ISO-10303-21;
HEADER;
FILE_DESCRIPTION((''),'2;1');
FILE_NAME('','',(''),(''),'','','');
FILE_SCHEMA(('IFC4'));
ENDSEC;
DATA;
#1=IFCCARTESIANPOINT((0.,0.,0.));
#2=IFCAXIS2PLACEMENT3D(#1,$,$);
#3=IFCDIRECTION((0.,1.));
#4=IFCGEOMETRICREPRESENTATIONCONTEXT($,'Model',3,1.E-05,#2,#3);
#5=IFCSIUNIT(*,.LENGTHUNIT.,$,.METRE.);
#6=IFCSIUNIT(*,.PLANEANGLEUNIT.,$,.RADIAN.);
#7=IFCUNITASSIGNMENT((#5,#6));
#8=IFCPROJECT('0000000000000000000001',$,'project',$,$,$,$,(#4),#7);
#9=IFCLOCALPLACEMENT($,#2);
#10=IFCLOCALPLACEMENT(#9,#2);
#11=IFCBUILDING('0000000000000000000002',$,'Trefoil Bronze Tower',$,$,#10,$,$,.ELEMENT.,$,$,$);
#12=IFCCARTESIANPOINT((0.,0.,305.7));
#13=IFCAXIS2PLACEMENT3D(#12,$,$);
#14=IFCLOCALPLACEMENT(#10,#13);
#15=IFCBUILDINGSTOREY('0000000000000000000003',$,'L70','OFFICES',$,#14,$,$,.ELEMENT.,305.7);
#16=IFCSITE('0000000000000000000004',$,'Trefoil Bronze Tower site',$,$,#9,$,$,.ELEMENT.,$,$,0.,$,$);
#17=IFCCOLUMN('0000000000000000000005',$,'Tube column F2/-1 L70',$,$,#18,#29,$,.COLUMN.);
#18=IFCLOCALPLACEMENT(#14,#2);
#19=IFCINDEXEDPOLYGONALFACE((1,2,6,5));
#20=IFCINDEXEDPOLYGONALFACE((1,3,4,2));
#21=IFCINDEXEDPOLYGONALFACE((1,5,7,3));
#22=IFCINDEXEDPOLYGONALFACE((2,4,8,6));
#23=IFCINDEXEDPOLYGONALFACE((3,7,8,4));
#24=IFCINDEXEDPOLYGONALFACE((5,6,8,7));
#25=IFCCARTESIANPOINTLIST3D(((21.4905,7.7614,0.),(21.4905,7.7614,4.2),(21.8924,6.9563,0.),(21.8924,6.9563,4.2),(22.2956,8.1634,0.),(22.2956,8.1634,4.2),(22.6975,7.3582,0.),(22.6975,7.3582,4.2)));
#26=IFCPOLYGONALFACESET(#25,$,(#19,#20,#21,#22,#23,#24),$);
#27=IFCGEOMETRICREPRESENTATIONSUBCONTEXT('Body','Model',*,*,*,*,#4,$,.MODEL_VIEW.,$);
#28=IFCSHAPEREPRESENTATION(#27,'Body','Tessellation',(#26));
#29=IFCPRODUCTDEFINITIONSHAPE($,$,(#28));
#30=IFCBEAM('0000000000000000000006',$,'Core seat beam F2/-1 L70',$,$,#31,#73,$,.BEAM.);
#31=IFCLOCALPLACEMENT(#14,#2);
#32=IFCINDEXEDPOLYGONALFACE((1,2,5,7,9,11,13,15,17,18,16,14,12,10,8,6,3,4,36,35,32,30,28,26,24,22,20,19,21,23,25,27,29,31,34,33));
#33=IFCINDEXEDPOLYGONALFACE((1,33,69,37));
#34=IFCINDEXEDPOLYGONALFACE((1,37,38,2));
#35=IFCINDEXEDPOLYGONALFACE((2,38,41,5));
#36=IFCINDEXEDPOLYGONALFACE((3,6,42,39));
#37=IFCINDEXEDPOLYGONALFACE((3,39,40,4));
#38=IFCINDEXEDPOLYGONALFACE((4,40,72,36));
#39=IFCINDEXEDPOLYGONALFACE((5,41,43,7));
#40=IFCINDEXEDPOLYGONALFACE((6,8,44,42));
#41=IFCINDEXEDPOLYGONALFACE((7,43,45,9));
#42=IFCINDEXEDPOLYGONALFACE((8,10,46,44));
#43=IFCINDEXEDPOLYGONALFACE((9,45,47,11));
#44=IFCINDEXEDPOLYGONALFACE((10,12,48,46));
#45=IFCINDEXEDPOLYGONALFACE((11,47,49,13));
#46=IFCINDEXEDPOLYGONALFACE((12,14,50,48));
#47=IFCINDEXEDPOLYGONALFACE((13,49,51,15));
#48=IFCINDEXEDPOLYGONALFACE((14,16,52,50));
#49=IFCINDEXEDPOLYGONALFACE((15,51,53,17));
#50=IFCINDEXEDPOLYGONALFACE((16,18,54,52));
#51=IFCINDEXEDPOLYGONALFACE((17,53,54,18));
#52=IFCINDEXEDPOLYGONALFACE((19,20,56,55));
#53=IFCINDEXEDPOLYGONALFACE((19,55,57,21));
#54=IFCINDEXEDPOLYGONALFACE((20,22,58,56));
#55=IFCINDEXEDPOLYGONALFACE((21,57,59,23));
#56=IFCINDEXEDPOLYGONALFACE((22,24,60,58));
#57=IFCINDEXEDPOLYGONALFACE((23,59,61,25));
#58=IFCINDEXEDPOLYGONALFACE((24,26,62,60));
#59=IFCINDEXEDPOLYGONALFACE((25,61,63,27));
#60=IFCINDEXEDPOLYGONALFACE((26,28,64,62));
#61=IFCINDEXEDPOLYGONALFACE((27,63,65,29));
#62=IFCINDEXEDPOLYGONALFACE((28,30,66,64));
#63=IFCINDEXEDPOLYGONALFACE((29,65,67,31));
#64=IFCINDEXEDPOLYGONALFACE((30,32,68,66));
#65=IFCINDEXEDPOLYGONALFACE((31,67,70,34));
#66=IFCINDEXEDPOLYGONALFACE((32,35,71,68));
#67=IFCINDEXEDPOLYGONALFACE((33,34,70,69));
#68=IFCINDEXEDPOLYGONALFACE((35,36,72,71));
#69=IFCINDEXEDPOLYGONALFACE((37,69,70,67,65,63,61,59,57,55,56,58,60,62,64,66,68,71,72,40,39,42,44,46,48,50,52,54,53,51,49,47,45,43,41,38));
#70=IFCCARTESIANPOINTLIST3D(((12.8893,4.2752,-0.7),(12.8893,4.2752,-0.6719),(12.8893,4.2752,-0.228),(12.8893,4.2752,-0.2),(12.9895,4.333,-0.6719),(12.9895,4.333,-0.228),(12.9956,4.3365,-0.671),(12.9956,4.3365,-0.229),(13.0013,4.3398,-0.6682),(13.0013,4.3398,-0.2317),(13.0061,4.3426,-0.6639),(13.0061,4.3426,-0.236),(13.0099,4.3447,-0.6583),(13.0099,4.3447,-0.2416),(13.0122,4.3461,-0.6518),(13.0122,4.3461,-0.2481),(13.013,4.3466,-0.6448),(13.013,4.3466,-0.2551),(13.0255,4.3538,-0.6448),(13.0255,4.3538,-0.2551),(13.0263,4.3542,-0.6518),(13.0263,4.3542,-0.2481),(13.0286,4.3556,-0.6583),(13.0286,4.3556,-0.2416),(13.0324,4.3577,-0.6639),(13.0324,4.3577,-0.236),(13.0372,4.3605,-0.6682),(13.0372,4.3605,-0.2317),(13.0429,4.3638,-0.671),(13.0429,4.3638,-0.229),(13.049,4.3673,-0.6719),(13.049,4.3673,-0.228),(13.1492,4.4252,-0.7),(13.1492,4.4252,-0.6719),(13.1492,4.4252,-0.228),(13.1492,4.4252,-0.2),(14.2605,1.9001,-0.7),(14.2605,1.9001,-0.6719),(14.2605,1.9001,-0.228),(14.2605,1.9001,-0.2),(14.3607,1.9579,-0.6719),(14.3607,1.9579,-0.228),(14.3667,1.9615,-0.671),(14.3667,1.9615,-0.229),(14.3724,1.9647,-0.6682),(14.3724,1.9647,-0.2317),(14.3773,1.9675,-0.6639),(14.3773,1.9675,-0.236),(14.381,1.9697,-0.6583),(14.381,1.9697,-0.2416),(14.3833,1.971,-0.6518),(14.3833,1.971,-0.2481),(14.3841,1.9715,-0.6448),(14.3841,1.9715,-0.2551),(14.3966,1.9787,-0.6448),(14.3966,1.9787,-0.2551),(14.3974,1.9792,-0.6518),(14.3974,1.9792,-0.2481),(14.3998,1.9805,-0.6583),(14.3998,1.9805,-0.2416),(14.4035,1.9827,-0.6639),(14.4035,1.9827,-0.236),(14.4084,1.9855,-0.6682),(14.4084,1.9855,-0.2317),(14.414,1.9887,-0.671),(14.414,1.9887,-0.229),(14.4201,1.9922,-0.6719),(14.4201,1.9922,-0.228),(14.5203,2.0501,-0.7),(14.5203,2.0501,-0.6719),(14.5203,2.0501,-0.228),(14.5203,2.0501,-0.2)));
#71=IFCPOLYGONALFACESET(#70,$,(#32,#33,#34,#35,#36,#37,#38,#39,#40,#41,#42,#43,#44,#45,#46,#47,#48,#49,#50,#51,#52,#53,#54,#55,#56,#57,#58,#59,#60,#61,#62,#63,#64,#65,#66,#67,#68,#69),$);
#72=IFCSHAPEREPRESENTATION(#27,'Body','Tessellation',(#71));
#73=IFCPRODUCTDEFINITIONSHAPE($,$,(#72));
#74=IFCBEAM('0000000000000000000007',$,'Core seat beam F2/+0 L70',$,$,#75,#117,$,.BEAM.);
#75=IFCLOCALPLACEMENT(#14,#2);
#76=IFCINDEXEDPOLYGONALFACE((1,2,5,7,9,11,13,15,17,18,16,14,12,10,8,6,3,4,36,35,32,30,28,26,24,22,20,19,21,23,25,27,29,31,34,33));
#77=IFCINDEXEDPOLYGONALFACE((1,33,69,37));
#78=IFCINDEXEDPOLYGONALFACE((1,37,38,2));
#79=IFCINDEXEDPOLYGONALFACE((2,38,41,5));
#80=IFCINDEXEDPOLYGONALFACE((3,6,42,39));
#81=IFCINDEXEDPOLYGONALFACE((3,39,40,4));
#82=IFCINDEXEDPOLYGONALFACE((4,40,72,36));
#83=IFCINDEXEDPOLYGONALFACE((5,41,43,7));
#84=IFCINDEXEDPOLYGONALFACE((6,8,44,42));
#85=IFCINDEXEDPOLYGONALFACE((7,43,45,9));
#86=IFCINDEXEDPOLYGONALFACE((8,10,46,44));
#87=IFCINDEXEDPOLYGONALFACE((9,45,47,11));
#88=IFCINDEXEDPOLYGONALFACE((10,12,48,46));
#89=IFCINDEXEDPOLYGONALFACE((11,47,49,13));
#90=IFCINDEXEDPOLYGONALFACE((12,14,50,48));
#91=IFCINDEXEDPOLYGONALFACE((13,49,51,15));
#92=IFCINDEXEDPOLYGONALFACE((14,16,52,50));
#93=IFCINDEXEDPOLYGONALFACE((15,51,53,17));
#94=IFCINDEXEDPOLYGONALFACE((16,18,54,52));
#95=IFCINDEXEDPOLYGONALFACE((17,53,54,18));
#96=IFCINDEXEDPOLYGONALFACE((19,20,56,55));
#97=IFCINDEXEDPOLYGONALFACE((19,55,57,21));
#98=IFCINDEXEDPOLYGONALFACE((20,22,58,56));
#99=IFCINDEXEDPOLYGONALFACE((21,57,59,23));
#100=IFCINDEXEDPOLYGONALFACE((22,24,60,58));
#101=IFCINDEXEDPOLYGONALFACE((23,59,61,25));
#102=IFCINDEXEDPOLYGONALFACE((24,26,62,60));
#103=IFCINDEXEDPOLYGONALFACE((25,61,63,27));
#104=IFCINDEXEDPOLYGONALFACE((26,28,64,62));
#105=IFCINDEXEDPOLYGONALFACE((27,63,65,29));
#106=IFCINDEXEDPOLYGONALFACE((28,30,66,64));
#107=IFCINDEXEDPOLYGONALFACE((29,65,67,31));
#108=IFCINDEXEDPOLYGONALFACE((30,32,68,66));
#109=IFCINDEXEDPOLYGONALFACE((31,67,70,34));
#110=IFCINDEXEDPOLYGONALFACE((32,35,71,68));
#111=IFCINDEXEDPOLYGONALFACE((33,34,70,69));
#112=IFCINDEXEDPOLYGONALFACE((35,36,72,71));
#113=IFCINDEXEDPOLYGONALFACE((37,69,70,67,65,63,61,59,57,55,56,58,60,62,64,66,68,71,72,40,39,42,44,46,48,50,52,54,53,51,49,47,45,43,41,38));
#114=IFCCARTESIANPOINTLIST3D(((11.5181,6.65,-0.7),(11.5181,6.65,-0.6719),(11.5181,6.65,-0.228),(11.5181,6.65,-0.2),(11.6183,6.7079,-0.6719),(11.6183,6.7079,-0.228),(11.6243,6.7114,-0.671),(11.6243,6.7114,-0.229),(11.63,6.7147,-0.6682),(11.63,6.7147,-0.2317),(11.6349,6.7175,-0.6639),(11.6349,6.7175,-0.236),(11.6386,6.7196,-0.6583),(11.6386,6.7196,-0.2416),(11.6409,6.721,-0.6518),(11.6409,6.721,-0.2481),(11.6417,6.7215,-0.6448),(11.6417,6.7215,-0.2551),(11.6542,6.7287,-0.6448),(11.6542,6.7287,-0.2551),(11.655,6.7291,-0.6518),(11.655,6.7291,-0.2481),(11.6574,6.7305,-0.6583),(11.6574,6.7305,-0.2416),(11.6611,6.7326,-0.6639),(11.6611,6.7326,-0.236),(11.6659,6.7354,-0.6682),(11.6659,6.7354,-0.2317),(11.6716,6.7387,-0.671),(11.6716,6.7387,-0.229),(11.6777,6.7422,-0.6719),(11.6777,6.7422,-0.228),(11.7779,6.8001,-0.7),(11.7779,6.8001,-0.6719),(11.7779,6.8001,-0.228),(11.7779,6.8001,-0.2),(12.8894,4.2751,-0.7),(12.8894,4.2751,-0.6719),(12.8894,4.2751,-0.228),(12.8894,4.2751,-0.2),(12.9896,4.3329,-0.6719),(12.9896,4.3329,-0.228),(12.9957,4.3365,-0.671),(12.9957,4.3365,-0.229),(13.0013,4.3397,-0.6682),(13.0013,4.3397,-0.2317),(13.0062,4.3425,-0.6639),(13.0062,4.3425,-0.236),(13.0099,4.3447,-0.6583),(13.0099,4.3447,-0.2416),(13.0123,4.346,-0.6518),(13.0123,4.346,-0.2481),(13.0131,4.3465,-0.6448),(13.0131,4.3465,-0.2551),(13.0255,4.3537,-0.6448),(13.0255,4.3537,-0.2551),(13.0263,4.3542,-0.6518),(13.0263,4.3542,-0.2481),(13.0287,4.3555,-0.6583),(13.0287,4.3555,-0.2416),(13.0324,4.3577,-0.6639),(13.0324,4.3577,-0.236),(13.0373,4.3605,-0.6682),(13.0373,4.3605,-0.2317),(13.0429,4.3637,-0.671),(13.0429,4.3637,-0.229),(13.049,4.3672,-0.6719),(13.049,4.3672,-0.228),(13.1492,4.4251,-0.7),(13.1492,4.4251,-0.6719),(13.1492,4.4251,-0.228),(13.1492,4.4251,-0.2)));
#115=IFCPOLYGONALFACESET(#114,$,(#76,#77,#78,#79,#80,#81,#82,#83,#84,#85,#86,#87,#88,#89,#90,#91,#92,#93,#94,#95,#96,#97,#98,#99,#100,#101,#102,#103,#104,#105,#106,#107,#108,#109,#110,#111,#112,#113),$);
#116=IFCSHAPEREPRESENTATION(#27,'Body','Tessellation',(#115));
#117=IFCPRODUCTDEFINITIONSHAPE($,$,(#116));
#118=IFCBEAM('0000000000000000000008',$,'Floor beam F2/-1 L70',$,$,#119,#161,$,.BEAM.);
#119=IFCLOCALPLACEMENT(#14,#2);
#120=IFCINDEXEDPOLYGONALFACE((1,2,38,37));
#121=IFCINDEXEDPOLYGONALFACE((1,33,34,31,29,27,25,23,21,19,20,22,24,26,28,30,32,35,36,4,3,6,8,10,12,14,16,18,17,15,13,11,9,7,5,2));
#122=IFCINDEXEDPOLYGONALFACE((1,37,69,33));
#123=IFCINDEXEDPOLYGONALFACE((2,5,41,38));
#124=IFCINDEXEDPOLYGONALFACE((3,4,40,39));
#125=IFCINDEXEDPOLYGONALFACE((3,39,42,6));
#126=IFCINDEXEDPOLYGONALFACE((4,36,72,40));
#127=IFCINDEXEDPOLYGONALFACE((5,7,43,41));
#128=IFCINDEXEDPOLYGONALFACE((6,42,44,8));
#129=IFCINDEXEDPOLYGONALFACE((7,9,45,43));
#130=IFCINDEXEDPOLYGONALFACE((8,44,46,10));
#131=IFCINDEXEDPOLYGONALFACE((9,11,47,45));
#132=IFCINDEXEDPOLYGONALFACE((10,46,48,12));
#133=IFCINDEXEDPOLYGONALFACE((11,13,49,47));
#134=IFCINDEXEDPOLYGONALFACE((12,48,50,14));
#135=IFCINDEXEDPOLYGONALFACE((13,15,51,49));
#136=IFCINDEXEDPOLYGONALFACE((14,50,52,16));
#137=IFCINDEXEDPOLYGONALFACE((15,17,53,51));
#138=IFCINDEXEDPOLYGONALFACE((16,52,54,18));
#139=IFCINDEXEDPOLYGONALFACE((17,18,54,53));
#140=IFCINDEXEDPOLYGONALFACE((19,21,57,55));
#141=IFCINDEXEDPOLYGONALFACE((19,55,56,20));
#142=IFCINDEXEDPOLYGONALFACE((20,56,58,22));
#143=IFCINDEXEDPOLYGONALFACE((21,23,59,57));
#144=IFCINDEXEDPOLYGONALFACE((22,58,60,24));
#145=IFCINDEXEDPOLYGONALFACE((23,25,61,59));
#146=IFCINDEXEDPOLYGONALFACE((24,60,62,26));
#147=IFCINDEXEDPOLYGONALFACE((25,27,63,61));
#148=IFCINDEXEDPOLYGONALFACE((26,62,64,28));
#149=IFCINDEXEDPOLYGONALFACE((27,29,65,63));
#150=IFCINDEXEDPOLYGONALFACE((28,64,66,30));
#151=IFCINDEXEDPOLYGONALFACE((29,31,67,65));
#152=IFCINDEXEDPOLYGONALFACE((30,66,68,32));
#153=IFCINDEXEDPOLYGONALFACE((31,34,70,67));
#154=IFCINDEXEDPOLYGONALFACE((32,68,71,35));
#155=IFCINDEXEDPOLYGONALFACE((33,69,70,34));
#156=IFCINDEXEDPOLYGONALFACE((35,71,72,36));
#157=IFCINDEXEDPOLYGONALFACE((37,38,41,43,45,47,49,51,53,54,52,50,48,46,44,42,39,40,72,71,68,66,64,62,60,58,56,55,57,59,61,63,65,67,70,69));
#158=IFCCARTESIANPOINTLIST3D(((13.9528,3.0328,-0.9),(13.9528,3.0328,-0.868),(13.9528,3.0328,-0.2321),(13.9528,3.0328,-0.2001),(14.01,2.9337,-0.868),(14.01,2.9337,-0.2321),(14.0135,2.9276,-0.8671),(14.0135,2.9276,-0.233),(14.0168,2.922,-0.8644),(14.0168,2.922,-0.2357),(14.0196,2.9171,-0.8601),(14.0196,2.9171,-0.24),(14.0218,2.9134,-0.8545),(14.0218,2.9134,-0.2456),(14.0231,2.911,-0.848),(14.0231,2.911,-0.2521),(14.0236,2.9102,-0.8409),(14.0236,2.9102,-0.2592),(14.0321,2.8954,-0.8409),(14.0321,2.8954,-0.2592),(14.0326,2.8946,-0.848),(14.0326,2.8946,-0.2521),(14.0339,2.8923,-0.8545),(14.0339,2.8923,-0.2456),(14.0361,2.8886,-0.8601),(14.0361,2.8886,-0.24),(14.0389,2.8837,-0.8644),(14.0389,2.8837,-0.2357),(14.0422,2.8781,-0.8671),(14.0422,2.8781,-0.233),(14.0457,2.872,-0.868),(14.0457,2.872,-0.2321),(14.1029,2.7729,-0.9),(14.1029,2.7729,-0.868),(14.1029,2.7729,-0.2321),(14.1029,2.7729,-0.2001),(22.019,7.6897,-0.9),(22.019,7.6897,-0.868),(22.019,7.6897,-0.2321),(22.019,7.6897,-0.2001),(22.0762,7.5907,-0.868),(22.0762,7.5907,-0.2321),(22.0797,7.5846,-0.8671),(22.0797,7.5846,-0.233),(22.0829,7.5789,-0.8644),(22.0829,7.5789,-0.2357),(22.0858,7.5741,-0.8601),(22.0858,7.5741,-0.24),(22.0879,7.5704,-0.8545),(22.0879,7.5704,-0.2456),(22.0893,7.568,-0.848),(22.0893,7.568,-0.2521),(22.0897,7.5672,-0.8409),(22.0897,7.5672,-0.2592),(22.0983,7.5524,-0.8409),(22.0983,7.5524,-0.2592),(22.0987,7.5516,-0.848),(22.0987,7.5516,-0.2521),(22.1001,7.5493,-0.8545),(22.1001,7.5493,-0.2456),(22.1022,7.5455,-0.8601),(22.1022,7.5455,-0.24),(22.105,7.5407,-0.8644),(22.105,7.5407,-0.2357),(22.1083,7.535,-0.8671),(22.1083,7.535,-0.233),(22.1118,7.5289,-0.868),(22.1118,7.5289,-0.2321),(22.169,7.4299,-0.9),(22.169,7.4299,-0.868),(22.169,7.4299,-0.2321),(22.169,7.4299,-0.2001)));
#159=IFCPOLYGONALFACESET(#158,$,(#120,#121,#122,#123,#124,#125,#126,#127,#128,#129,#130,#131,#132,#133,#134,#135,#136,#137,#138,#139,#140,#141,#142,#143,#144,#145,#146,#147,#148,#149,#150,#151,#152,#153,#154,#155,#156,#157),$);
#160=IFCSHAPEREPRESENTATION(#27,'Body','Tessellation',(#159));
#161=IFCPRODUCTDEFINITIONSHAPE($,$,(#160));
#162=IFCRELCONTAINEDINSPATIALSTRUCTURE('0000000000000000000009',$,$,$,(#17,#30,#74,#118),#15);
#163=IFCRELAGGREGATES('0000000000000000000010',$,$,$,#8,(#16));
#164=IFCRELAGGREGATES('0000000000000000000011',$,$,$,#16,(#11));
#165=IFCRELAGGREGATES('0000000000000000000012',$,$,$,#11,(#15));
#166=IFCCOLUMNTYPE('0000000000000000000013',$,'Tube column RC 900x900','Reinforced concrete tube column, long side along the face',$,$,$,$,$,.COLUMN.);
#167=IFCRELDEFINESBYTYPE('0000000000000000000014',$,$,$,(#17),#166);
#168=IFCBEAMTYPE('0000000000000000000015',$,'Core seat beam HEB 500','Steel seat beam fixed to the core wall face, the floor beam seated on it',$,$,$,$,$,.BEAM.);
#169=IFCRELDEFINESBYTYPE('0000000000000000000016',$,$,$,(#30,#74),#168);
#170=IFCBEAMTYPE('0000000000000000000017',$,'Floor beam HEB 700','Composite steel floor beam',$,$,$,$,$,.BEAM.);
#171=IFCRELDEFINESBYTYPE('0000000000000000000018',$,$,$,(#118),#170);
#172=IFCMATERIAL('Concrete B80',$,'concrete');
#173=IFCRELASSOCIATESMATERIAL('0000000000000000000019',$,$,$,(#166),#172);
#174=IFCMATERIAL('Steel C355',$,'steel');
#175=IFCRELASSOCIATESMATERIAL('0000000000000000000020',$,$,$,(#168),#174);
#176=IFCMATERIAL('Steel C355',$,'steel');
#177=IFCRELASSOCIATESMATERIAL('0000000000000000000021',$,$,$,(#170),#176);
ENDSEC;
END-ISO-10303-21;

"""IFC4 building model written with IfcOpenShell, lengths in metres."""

from ifc_helpers import new_model, si_unit, direction, frame, origin, origin_2d, place, context, subcontext, project, spatial, rectangle, i_section, extrude, material, material_profile, profile_set, type_object, element, save


model = new_model("IFC4")

# Units and contexts
model_context = context("Model", 3, precision=1e-05, world=origin(), true_north=direction((0.0, 1.0)))
body_context = subcontext(model_context, "Body", "Model", "MODEL_VIEW")
ifc_project = project(units=[si_unit("LENGTHUNIT", "METRE"), si_unit("PLANEANGLEUNIT", "RADIAN")], contexts=[model_context])

# Site, building, storey
site_placement = place(None, origin())
site = spatial("IfcSite", under=ifc_project, at=site_placement, Name="Trefoil Bronze Tower site", CompositionType="ELEMENT", RefElevation=0.0)
building_placement = place(site_placement, origin())
building = spatial("IfcBuilding", under=site, at=building_placement, Name="Trefoil Bronze Tower", CompositionType="ELEMENT")
storey_placement = place(building_placement, frame((0.0, 0.0, 305.7)))
storey = spatial("IfcBuildingStorey", under=building, at=storey_placement, Name="L70", Description="OFFICES", CompositionType="ELEMENT", Elevation=305.7)

# Column
ifc_material_1 = material(Name="Concrete B80", Category="concrete")
ifc_material_profile_1 = material_profile(ifc_material_1, rectangle(XDim=0.8999, YDim=0.8999, at=origin_2d()), Name="RC 900x900")
ifc_profile_set_1 = profile_set([ifc_material_profile_1], Name="Concrete B80")
column_type = type_object("IfcColumnType", Name="Tube column RC 900x900", Description="Reinforced concrete tube column, long side along the face", PredefinedType="COLUMN", material=ifc_profile_set_1)
column_placement = place(storey_placement, frame((22.094, 7.5598, 0.0), z_axis=(0.0, 0.0, 1.0), x_axis=(-0.446641, 0.894713, 0.0)))
element("IfcColumn", 1, at=column_placement, inside=storey, type_object=column_type, Name="Tube column F2/-1 L70", PredefinedType="COLUMN", context=body_context, shape_type="SweptSolid", body=[
    extrude(rectangle(XDim=0.8999, YDim=0.8999, at=origin_2d()), origin(), (0.0, 0.0, 1.0), 4.2),
])

# Beams
ifc_material_2 = material(Name="Steel C355", Category="steel")
ifc_material_profile_2 = material_profile(ifc_material_2, i_section(OverallWidth=0.3, OverallDepth=0.5, WebThickness=0.0144, FlangeThickness=0.0281, FilletRadius=0.0271, at=origin_2d()), Name="HEB 500")
ifc_profile_set_2 = profile_set([ifc_material_profile_2], Name="Steel C355")
beam_type_1 = type_object("IfcBeamType", Name="Core seat beam HEB 500", Description="Steel seat beam fixed to the core wall face, the floor beam seated on it", PredefinedType="BEAM", material=ifc_profile_set_2)
for number, where, z_axis, x_axis, name in (
    (2, (14.3904, 1.9751, -0.45), (-0.499969, 0.866043, 0.0), (-0.866043, -0.499969, 0.0), "Core seat beam F2/-1 L70"),
    (3, (13.0193, 4.3501, -0.45), (-0.500036, 0.866005, 0.0), (-0.866005, -0.500036, 0.0), "Core seat beam F2/+0 L70"),
):
    element("IfcBeam", number, at=place(storey_placement, frame(where, z_axis=z_axis, x_axis=x_axis)), inside=storey, type_object=beam_type_1, Name=name, PredefinedType="BEAM", context=body_context, shape_type="SweptSolid", body=[
        extrude(i_section(OverallWidth=0.3, OverallDepth=0.5, WebThickness=0.0144, FlangeThickness=0.0281, FilletRadius=0.0271, at=origin_2d()), origin(), (0.0, 0.0, 1.0), 2.7424),
    ])
ifc_material_3 = material(Name="Steel C355", Category="steel")
ifc_material_profile_3 = material_profile(ifc_material_3, i_section(OverallWidth=0.3, OverallDepth=0.7, WebThickness=0.0171, FlangeThickness=0.032, FilletRadius=0.0271, at=origin_2d()), Name="HEB 700")
ifc_profile_set_3 = profile_set([ifc_material_profile_3], Name="Steel C355")
beam_type_2 = type_object("IfcBeamType", Name="Floor beam HEB 700", Description="Composite steel floor beam", PredefinedType="BEAM", material=ifc_profile_set_3)
beam_placement = place(storey_placement, frame((22.094, 7.5598, -0.55), z_axis=(-0.866026, -0.499999, 0.0), x_axis=(0.499999, -0.866026, 0.0)))
element("IfcBeam", 4, at=beam_placement, inside=storey, type_object=beam_type_2, Name="Floor beam F2/-1 L70", PredefinedType="BEAM", context=body_context, shape_type="SweptSolid", body=[
    extrude(i_section(OverallWidth=0.3, OverallDepth=0.7, WebThickness=0.0171, FlangeThickness=0.032, FilletRadius=0.0271, at=origin_2d()), origin(), (0.0, 0.0, 1.0), 9.314),
])

save(model, "model.ifc")
